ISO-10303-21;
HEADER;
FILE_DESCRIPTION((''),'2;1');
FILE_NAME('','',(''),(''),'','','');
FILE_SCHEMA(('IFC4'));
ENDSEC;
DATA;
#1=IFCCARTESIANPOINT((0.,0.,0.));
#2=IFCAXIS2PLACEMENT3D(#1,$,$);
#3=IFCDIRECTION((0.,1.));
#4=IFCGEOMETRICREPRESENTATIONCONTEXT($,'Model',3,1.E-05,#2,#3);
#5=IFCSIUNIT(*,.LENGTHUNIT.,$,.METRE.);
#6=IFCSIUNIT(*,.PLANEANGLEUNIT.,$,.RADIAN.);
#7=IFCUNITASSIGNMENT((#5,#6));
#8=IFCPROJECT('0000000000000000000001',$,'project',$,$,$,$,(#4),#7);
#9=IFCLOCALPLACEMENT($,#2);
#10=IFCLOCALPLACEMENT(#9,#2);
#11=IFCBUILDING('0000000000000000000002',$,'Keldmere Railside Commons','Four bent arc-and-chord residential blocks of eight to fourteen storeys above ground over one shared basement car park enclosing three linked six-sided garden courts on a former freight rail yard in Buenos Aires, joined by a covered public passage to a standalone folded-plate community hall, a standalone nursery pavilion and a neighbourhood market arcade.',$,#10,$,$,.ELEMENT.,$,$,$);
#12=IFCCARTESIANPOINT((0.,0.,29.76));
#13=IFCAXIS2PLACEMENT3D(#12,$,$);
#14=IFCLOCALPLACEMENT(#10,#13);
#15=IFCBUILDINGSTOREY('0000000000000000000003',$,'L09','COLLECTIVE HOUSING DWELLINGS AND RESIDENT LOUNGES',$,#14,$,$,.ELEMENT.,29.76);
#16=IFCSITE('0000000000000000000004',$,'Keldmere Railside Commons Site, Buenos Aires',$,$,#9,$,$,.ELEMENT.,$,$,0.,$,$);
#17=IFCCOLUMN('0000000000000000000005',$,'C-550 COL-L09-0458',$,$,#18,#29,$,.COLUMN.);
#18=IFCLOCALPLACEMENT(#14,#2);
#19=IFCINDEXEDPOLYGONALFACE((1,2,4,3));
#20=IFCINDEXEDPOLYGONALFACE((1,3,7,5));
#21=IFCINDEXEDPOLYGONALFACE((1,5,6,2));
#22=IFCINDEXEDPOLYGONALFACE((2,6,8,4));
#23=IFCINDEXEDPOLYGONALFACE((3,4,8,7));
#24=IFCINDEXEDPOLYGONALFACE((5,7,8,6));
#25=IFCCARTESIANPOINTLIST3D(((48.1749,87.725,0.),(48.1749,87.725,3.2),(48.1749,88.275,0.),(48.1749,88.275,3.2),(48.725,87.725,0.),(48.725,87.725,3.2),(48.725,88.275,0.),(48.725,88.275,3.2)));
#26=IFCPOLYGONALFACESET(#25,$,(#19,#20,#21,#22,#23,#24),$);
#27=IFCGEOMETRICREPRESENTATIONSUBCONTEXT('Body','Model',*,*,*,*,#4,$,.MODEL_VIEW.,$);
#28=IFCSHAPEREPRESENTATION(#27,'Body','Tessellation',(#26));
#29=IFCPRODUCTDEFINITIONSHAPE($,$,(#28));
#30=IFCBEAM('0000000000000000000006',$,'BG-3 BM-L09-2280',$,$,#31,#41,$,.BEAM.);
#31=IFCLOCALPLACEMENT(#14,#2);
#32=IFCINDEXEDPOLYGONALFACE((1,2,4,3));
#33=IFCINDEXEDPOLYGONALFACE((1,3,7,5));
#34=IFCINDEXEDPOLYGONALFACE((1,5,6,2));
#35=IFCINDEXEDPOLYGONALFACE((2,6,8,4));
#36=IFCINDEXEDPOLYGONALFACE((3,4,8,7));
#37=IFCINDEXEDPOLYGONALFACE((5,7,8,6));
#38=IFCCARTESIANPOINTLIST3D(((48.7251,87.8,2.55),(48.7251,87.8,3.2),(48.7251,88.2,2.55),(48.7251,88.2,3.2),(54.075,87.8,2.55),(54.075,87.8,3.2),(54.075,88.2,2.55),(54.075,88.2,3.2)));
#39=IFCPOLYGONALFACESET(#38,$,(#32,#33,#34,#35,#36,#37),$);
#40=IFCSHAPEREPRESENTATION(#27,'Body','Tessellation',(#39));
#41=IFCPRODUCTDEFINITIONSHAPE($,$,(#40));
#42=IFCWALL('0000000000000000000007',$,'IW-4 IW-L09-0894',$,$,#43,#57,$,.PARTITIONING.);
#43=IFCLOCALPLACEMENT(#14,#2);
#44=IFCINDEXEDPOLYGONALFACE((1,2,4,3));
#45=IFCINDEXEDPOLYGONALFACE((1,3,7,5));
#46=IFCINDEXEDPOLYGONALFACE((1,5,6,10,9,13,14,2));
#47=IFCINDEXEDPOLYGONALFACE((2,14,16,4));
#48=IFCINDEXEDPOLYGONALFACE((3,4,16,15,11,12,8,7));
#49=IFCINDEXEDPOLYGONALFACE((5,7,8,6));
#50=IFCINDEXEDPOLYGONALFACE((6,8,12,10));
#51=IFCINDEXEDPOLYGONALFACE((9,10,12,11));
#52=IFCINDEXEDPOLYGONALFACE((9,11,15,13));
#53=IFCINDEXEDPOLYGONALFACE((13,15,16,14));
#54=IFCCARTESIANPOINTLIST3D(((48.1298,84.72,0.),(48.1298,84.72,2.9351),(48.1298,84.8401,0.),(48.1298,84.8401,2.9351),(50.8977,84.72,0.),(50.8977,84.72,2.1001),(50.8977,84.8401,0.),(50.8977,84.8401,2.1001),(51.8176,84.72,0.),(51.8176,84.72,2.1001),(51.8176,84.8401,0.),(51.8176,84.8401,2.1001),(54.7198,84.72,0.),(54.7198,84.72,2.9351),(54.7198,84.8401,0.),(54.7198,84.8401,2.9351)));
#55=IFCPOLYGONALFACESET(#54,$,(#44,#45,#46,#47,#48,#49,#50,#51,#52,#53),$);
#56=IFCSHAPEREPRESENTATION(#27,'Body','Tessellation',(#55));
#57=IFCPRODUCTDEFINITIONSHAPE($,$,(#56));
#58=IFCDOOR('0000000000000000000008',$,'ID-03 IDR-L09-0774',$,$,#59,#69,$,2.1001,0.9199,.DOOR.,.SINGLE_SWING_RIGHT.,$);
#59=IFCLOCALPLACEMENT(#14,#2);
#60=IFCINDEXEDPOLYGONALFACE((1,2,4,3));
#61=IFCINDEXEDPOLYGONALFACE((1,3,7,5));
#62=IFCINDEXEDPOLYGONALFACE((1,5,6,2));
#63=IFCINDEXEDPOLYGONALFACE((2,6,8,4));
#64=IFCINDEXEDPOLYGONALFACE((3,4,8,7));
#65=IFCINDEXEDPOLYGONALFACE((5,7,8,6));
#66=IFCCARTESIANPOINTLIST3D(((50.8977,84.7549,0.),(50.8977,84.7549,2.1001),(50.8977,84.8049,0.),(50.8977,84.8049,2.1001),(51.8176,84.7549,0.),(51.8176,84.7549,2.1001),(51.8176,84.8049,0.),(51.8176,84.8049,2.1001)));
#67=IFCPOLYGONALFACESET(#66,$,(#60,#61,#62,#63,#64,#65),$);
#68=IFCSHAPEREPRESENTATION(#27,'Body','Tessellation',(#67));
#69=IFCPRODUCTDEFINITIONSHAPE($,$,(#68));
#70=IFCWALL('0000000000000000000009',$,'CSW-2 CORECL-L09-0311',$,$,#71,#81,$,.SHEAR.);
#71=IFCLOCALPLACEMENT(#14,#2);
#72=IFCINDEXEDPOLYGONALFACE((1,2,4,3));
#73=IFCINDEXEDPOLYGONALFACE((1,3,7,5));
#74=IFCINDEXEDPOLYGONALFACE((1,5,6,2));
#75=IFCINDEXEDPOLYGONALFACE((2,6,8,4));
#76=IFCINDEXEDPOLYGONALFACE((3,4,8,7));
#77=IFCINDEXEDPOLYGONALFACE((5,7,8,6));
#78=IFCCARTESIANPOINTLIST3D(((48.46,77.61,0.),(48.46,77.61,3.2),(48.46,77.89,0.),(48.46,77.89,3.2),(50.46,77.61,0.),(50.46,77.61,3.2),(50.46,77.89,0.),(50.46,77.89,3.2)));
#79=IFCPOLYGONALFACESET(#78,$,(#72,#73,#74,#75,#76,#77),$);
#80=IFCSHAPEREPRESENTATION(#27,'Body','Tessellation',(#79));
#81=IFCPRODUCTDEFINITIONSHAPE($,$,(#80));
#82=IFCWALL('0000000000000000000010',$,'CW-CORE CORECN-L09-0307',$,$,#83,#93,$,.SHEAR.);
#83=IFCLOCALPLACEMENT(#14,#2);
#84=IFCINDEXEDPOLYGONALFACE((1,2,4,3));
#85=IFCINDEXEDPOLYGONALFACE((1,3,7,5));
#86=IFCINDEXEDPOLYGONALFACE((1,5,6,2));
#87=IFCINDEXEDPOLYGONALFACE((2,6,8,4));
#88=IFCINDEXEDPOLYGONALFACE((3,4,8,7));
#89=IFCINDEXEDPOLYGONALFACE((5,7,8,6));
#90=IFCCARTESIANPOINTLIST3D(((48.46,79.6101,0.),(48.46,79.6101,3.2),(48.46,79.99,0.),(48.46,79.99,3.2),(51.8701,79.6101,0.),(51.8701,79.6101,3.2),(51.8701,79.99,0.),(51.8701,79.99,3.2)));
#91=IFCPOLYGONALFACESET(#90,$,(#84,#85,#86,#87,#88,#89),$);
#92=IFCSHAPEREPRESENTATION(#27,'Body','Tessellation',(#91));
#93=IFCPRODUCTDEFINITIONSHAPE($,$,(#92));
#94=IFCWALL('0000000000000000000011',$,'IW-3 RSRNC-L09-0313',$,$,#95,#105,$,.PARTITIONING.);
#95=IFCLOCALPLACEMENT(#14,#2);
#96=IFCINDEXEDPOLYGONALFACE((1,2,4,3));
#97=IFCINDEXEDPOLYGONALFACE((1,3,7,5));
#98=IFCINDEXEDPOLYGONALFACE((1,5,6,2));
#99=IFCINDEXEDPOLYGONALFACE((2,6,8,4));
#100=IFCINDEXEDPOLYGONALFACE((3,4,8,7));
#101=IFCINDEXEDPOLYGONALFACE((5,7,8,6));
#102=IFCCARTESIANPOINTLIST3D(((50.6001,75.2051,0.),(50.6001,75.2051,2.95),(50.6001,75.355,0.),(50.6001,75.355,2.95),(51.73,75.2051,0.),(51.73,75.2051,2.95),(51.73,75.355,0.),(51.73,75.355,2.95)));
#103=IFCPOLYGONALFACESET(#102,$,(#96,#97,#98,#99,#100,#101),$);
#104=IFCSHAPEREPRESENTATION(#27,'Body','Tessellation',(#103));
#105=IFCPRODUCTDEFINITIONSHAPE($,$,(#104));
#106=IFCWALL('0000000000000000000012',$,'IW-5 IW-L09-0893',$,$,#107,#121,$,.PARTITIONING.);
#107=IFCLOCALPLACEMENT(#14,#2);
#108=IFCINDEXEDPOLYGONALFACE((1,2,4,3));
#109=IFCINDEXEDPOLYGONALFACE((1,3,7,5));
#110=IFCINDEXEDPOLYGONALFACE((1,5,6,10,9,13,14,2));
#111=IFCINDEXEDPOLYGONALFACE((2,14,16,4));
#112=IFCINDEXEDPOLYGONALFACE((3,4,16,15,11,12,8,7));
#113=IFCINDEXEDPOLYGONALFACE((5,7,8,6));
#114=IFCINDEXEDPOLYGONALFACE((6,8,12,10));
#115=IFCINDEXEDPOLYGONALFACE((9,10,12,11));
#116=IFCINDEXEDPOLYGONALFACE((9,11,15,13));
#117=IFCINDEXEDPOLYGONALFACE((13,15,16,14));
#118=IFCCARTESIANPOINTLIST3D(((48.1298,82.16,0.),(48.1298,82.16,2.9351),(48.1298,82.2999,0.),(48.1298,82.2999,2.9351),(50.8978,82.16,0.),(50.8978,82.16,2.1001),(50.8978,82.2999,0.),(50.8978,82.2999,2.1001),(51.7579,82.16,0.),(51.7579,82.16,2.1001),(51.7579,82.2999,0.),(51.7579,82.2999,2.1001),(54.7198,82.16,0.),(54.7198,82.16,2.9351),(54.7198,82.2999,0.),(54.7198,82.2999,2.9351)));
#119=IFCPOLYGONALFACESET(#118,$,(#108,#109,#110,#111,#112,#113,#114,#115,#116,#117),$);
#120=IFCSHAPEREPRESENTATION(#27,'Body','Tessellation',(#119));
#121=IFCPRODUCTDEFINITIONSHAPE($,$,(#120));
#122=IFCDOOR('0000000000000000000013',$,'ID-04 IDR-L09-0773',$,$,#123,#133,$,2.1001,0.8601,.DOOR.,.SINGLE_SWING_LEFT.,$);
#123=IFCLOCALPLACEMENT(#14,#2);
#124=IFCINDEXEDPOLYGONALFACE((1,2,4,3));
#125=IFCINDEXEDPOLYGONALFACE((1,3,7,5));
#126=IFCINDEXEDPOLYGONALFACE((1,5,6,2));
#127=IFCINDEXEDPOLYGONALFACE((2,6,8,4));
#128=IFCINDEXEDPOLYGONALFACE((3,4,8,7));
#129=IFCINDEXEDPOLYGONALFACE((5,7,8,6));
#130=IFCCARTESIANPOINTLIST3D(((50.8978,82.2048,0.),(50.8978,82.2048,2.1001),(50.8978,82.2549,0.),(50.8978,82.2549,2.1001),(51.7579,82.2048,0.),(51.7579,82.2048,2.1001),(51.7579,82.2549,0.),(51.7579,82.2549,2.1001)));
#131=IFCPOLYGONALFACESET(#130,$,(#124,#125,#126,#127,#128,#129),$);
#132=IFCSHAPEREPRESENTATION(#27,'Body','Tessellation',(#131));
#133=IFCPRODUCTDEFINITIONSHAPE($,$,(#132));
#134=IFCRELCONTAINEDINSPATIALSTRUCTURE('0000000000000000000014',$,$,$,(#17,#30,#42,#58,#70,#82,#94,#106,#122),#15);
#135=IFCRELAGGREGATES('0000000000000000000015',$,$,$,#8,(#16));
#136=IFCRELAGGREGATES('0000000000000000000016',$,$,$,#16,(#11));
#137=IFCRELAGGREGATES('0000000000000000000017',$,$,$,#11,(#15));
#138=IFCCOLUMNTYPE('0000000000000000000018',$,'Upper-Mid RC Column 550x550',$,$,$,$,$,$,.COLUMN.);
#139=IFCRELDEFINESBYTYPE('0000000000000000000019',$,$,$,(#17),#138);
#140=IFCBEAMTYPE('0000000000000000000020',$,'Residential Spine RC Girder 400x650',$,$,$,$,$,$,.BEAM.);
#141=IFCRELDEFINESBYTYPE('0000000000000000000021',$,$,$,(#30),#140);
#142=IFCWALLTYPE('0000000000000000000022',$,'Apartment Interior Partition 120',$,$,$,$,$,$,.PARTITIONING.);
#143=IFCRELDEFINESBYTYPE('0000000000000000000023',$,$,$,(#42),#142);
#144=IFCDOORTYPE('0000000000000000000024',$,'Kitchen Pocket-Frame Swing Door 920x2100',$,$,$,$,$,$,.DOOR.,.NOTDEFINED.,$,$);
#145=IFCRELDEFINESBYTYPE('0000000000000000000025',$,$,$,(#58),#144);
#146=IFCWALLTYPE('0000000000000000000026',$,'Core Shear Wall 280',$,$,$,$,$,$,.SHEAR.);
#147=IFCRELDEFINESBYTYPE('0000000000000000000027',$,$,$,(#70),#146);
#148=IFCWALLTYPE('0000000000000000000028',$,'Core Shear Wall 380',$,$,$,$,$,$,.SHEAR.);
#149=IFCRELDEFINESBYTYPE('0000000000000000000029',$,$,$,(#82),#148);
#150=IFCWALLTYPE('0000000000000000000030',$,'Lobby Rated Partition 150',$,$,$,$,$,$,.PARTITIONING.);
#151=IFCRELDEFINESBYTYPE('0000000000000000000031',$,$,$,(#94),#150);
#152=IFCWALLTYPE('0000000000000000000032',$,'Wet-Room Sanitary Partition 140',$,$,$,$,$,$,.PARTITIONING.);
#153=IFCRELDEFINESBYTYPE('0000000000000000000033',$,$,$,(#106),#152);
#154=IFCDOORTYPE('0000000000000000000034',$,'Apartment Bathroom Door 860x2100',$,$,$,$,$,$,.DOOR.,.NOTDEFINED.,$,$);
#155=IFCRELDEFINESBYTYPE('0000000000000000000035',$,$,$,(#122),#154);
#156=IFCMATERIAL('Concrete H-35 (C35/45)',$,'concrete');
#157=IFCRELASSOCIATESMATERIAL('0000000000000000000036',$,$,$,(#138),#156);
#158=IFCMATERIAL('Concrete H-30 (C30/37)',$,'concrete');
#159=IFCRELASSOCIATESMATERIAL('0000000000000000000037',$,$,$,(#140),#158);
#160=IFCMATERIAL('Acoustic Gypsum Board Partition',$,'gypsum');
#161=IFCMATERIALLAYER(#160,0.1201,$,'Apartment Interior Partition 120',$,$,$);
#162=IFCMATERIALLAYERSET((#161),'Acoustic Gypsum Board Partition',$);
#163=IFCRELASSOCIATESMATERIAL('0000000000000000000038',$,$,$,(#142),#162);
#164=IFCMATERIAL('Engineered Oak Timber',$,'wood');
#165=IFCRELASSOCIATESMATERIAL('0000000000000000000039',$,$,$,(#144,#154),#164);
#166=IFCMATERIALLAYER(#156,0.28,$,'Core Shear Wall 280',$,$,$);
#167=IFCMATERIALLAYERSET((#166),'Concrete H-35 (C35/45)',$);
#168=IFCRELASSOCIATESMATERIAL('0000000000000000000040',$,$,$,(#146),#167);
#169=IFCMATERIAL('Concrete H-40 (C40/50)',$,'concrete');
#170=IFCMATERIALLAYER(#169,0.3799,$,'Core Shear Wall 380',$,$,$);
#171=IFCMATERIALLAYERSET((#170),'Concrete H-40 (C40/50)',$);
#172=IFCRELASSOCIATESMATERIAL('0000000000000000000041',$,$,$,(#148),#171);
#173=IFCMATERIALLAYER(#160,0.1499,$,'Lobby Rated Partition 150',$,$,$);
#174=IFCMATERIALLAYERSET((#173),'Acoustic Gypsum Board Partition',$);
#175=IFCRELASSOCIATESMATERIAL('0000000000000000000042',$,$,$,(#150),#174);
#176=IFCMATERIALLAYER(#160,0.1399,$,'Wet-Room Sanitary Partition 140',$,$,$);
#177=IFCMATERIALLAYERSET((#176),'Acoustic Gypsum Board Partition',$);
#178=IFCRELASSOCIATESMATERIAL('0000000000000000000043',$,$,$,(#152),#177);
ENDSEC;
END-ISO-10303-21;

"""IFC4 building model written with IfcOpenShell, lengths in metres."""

from ifc_helpers import new_model, si_unit, direction, frame, frame_2d, origin, origin_2d, place, context, subcontext, project, spatial, rectangle, extrude, material, layer, layer_set, material_profile, profile_set, type_object, element, fill, save


model = new_model("IFC4")

# Units and contexts
model_context = context("Model", 3, precision=1e-05, world=origin(), true_north=direction((0.0, 1.0)))
body_context = subcontext(model_context, "Body", "Model", "MODEL_VIEW")
ifc_project = project(units=[si_unit("LENGTHUNIT", "METRE"), si_unit("PLANEANGLEUNIT", "RADIAN")], contexts=[model_context])

# Site, building, storey
site_placement = place(None, origin())
site = spatial("IfcSite", under=ifc_project, at=site_placement, Name="Keldmere Railside Commons Site, Buenos Aires", CompositionType="ELEMENT", RefElevation=0.0)
building_placement = place(site_placement, origin())
building = spatial("IfcBuilding", under=site, at=building_placement, Name="Keldmere Railside Commons", Description="Four bent arc-and-chord residential blocks of eight to fourteen storeys above ground over one shared basement car park enclosing three linked six-sided garden courts on a former freight rail yard in Buenos Aires, joined by a covered public passage to a standalone folded-plate community hall, a standalone nursery pavilion and a neighbourhood market arcade.", CompositionType="ELEMENT")
storey_placement = place(building_placement, frame((0.0, 0.0, 29.76)))
storey = spatial("IfcBuildingStorey", under=building, at=storey_placement, Name="L09", Description="COLLECTIVE HOUSING DWELLINGS AND RESIDENT LOUNGES", CompositionType="ELEMENT", Elevation=29.76)

# Column
ifc_material_1 = material(Name="Concrete H-35 (C35/45)", Category="concrete")
ifc_material_profile_1 = material_profile(ifc_material_1, rectangle(XDim=0.55, YDim=0.55, at=origin_2d()), Name="RC-550x550")
ifc_profile_set_1 = profile_set([ifc_material_profile_1], Name="Concrete H-35 (C35/45)")
column_type = type_object("IfcColumnType", Name="Upper-Mid RC Column 550x550", PredefinedType="COLUMN", material=ifc_profile_set_1)
column_placement = place(storey_placement, frame((48.45, 88.0, 0.0), z_axis=(0.0, 0.0, 1.0), x_axis=(1.0, 0.0, 0.0)))
element("IfcColumn", 1, at=column_placement, inside=storey, type_object=column_type, Name="C-550 COL-L09-0458", PredefinedType="COLUMN", context=body_context, shape_type="SweptSolid", body=[
    extrude(rectangle(XDim=0.55, YDim=0.55, at=origin_2d()), origin(), (0.0, 0.0, 1.0), 3.2),
])

# Beam
ifc_material_2 = material(Name="Concrete H-30 (C30/37)", Category="concrete")
ifc_material_profile_2 = material_profile(ifc_material_2, rectangle(XDim=0.3999, YDim=0.6499, at=origin_2d()), Name="RC-400x650")
ifc_profile_set_2 = profile_set([ifc_material_profile_2], Name="Concrete H-30 (C30/37)")
beam_type = type_object("IfcBeamType", Name="Residential Spine RC Girder 400x650", PredefinedType="BEAM", material=ifc_profile_set_2)
beam_placement = place(storey_placement, frame((48.7251, 88.0, 2.875), z_axis=(1.0, 0.0, 0.0), x_axis=(0.0, 1.0, 0.0)))
element("IfcBeam", 2, at=beam_placement, inside=storey, type_object=beam_type, Name="BG-3 BM-L09-2280", PredefinedType="BEAM", context=body_context, shape_type="SweptSolid", body=[
    extrude(rectangle(XDim=0.3999, YDim=0.6499, at=origin_2d()), origin(), (0.0, 0.0, 1.0), 5.3499),
])

# Wall, opening, door
ifc_material_3 = material(Name="Acoustic Gypsum Board Partition", Category="gypsum")
ifc_layer_1 = layer(ifc_material_3, 0.1201, Name="Apartment Interior Partition 120")
ifc_layer_set_1 = layer_set([ifc_layer_1], Name="Acoustic Gypsum Board Partition")
wall_type_1 = type_object("IfcWallType", Name="Apartment Interior Partition 120", PredefinedType="PARTITIONING", material=ifc_layer_set_1)
wall_1_placement = place(storey_placement, frame((48.1299, 84.78, 0.0), z_axis=(0.0, 0.0, 1.0), x_axis=(1.0, 0.0, 0.0)))
wall_1 = element("IfcWall", 3, at=wall_1_placement, inside=storey, type_object=wall_type_1, Name="IW-4 IW-L09-0894", PredefinedType="PARTITIONING", context=body_context, shape_type="SweptSolid", body=[
    extrude(rectangle(XDim=6.5901, YDim=0.1201, at=frame_2d((3.2949, 0.0))), origin(), (0.0, 0.0, 1.0), 2.9351),
])
opening_1_placement = place(wall_1_placement, frame((2.7678, 0.0, 0.0)))
opening_1 = element("IfcOpeningElement", 4, at=opening_1_placement, cuts=wall_1, PredefinedType="OPENING", context=body_context, shape_type="SweptSolid", body=[
    extrude(rectangle(XDim=0.9199, YDim=2.1001, at=frame_2d((0.46, 1.05))), frame((0.0, 0.0701, 0.0), z_axis=(0.0, -1.0, 0.0), x_axis=(1.0, 0.0, 0.0)), (0.0, 0.0, 1.0), 0.1401),
])
ifc_material_4 = material(Name="Engineered Oak Timber", Category="wood")
door_type_1 = type_object("IfcDoorType", Name="Kitchen Pocket-Frame Swing Door 920x2100", OperationType="NOTDEFINED", PredefinedType="DOOR", material=ifc_material_4)
door_1_placement = place(opening_1_placement, origin())
door_1 = element("IfcDoor", 5, at=door_1_placement, inside=storey, type_object=door_type_1, Name="ID-03 IDR-L09-0774", OperationType="SINGLE_SWING_RIGHT", OverallHeight=2.1001, OverallWidth=0.9199, PredefinedType="DOOR", context=body_context, shape_type="SweptSolid", body=[
    extrude(rectangle(XDim=0.9199, YDim=2.1001, at=frame_2d((0.46, 1.05))), frame((0.0, 0.0249, 0.0), z_axis=(0.0, -1.0, 0.0), x_axis=(1.0, 0.0, 0.0)), (0.0, 0.0, 1.0), 0.05),
])
fill(opening_1, door_1)

# Wall
ifc_layer_2 = layer(ifc_material_1, 0.28, Name="Core Shear Wall 280")
ifc_layer_set_2 = layer_set([ifc_layer_2], Name="Concrete H-35 (C35/45)")
wall_type_2 = type_object("IfcWallType", Name="Core Shear Wall 280", PredefinedType="SHEAR", material=ifc_layer_set_2)
wall_2_placement = place(storey_placement, frame((48.46, 77.75, 0.0), z_axis=(0.0, 0.0, 1.0), x_axis=(1.0, 0.0, 0.0)))
element("IfcWall", 6, at=wall_2_placement, inside=storey, type_object=wall_type_2, Name="CSW-2 CORECL-L09-0311", PredefinedType="SHEAR", context=body_context, shape_type="SweptSolid", body=[
    extrude(rectangle(XDim=2.0, YDim=0.28, at=frame_2d((1.0, 0.0))), origin(), (0.0, 0.0, 1.0), 3.2),
])

# Walls
ifc_material_5 = material(Name="Concrete H-40 (C40/50)", Category="concrete")
ifc_layer_3 = layer(ifc_material_5, 0.3799, Name="Core Shear Wall 380")
ifc_layer_set_3 = layer_set([ifc_layer_3], Name="Concrete H-40 (C40/50)")
wall_type_3 = type_object("IfcWallType", Name="Core Shear Wall 380", PredefinedType="SHEAR", material=ifc_layer_set_3)
wall_3_placement = place(storey_placement, frame((48.46, 79.8, 0.0), z_axis=(0.0, 0.0, 1.0), x_axis=(1.0, 0.0, 0.0)))
element("IfcWall", 7, at=wall_3_placement, inside=storey, type_object=wall_type_3, Name="CW-CORE CORECN-L09-0307", PredefinedType="SHEAR", context=body_context, shape_type="SweptSolid", body=[
    extrude(rectangle(XDim=3.4102, YDim=0.3799, at=frame_2d((1.7051, 0.0))), origin(), (0.0, 0.0, 1.0), 3.2),
])
ifc_layer_4 = layer(ifc_material_3, 0.1499, Name="Lobby Rated Partition 150")
ifc_layer_set_4 = layer_set([ifc_layer_4], Name="Acoustic Gypsum Board Partition")
wall_type_4 = type_object("IfcWallType", Name="Lobby Rated Partition 150", PredefinedType="PARTITIONING", material=ifc_layer_set_4)
wall_4_placement = place(storey_placement, frame((50.6001, 75.28, 0.0), z_axis=(0.0, 0.0, 1.0), x_axis=(1.0, 0.0, 0.0)))
element("IfcWall", 8, at=wall_4_placement, inside=storey, type_object=wall_type_4, Name="IW-3 RSRNC-L09-0313", PredefinedType="PARTITIONING", context=body_context, shape_type="SweptSolid", body=[
    extrude(rectangle(XDim=1.1299, YDim=0.1499, at=frame_2d((0.5649, 0.0))), origin(), (0.0, 0.0, 1.0), 2.95),
])

# Wall, opening, door
ifc_layer_5 = layer(ifc_material_3, 0.1399, Name="Wet-Room Sanitary Partition 140")
ifc_layer_set_5 = layer_set([ifc_layer_5], Name="Acoustic Gypsum Board Partition")
wall_type_5 = type_object("IfcWallType", Name="Wet-Room Sanitary Partition 140", PredefinedType="PARTITIONING", material=ifc_layer_set_5)
wall_5_placement = place(storey_placement, frame((48.1299, 82.23, 0.0), z_axis=(0.0, 0.0, 1.0), x_axis=(1.0, 0.0, 0.0)))
wall_5 = element("IfcWall", 9, at=wall_5_placement, inside=storey, type_object=wall_type_5, Name="IW-5 IW-L09-0893", PredefinedType="PARTITIONING", context=body_context, shape_type="SweptSolid", body=[
    extrude(rectangle(XDim=6.5901, YDim=0.1399, at=frame_2d((3.2949, 0.0))), origin(), (0.0, 0.0, 1.0), 2.9351),
])
opening_2_placement = place(wall_5_placement, frame((2.7678, 0.0, 0.0)))
opening_2 = element("IfcOpeningElement", 10, at=opening_2_placement, cuts=wall_5, PredefinedType="OPENING", context=body_context, shape_type="SweptSolid", body=[
    extrude(rectangle(XDim=0.8601, YDim=2.1001, at=frame_2d((0.4302, 1.05))), frame((0.0, 0.0798, 0.0), z_axis=(0.0, -1.0, 0.0), x_axis=(1.0, 0.0, 0.0)), (0.0, 0.0, 1.0), 0.1599),
])
door_type_2 = type_object("IfcDoorType", Name="Apartment Bathroom Door 860x2100", OperationType="NOTDEFINED", PredefinedType="DOOR", material=ifc_material_4)
door_2_placement = place(opening_2_placement, origin())
door_2 = element("IfcDoor", 11, at=door_2_placement, inside=storey, type_object=door_type_2, Name="ID-04 IDR-L09-0773", OperationType="SINGLE_SWING_LEFT", OverallHeight=2.1001, OverallWidth=0.8601, PredefinedType="DOOR", context=body_context, shape_type="SweptSolid", body=[
    extrude(rectangle(XDim=0.8601, YDim=2.1001, at=frame_2d((0.4302, 1.05))), frame((0.0, 0.0249, 0.0), z_axis=(0.0, -1.0, 0.0), x_axis=(1.0, 0.0, 0.0)), (0.0, 0.0, 1.0), 0.05),
])
fill(opening_2, door_2)

save(model, "model.ifc")
